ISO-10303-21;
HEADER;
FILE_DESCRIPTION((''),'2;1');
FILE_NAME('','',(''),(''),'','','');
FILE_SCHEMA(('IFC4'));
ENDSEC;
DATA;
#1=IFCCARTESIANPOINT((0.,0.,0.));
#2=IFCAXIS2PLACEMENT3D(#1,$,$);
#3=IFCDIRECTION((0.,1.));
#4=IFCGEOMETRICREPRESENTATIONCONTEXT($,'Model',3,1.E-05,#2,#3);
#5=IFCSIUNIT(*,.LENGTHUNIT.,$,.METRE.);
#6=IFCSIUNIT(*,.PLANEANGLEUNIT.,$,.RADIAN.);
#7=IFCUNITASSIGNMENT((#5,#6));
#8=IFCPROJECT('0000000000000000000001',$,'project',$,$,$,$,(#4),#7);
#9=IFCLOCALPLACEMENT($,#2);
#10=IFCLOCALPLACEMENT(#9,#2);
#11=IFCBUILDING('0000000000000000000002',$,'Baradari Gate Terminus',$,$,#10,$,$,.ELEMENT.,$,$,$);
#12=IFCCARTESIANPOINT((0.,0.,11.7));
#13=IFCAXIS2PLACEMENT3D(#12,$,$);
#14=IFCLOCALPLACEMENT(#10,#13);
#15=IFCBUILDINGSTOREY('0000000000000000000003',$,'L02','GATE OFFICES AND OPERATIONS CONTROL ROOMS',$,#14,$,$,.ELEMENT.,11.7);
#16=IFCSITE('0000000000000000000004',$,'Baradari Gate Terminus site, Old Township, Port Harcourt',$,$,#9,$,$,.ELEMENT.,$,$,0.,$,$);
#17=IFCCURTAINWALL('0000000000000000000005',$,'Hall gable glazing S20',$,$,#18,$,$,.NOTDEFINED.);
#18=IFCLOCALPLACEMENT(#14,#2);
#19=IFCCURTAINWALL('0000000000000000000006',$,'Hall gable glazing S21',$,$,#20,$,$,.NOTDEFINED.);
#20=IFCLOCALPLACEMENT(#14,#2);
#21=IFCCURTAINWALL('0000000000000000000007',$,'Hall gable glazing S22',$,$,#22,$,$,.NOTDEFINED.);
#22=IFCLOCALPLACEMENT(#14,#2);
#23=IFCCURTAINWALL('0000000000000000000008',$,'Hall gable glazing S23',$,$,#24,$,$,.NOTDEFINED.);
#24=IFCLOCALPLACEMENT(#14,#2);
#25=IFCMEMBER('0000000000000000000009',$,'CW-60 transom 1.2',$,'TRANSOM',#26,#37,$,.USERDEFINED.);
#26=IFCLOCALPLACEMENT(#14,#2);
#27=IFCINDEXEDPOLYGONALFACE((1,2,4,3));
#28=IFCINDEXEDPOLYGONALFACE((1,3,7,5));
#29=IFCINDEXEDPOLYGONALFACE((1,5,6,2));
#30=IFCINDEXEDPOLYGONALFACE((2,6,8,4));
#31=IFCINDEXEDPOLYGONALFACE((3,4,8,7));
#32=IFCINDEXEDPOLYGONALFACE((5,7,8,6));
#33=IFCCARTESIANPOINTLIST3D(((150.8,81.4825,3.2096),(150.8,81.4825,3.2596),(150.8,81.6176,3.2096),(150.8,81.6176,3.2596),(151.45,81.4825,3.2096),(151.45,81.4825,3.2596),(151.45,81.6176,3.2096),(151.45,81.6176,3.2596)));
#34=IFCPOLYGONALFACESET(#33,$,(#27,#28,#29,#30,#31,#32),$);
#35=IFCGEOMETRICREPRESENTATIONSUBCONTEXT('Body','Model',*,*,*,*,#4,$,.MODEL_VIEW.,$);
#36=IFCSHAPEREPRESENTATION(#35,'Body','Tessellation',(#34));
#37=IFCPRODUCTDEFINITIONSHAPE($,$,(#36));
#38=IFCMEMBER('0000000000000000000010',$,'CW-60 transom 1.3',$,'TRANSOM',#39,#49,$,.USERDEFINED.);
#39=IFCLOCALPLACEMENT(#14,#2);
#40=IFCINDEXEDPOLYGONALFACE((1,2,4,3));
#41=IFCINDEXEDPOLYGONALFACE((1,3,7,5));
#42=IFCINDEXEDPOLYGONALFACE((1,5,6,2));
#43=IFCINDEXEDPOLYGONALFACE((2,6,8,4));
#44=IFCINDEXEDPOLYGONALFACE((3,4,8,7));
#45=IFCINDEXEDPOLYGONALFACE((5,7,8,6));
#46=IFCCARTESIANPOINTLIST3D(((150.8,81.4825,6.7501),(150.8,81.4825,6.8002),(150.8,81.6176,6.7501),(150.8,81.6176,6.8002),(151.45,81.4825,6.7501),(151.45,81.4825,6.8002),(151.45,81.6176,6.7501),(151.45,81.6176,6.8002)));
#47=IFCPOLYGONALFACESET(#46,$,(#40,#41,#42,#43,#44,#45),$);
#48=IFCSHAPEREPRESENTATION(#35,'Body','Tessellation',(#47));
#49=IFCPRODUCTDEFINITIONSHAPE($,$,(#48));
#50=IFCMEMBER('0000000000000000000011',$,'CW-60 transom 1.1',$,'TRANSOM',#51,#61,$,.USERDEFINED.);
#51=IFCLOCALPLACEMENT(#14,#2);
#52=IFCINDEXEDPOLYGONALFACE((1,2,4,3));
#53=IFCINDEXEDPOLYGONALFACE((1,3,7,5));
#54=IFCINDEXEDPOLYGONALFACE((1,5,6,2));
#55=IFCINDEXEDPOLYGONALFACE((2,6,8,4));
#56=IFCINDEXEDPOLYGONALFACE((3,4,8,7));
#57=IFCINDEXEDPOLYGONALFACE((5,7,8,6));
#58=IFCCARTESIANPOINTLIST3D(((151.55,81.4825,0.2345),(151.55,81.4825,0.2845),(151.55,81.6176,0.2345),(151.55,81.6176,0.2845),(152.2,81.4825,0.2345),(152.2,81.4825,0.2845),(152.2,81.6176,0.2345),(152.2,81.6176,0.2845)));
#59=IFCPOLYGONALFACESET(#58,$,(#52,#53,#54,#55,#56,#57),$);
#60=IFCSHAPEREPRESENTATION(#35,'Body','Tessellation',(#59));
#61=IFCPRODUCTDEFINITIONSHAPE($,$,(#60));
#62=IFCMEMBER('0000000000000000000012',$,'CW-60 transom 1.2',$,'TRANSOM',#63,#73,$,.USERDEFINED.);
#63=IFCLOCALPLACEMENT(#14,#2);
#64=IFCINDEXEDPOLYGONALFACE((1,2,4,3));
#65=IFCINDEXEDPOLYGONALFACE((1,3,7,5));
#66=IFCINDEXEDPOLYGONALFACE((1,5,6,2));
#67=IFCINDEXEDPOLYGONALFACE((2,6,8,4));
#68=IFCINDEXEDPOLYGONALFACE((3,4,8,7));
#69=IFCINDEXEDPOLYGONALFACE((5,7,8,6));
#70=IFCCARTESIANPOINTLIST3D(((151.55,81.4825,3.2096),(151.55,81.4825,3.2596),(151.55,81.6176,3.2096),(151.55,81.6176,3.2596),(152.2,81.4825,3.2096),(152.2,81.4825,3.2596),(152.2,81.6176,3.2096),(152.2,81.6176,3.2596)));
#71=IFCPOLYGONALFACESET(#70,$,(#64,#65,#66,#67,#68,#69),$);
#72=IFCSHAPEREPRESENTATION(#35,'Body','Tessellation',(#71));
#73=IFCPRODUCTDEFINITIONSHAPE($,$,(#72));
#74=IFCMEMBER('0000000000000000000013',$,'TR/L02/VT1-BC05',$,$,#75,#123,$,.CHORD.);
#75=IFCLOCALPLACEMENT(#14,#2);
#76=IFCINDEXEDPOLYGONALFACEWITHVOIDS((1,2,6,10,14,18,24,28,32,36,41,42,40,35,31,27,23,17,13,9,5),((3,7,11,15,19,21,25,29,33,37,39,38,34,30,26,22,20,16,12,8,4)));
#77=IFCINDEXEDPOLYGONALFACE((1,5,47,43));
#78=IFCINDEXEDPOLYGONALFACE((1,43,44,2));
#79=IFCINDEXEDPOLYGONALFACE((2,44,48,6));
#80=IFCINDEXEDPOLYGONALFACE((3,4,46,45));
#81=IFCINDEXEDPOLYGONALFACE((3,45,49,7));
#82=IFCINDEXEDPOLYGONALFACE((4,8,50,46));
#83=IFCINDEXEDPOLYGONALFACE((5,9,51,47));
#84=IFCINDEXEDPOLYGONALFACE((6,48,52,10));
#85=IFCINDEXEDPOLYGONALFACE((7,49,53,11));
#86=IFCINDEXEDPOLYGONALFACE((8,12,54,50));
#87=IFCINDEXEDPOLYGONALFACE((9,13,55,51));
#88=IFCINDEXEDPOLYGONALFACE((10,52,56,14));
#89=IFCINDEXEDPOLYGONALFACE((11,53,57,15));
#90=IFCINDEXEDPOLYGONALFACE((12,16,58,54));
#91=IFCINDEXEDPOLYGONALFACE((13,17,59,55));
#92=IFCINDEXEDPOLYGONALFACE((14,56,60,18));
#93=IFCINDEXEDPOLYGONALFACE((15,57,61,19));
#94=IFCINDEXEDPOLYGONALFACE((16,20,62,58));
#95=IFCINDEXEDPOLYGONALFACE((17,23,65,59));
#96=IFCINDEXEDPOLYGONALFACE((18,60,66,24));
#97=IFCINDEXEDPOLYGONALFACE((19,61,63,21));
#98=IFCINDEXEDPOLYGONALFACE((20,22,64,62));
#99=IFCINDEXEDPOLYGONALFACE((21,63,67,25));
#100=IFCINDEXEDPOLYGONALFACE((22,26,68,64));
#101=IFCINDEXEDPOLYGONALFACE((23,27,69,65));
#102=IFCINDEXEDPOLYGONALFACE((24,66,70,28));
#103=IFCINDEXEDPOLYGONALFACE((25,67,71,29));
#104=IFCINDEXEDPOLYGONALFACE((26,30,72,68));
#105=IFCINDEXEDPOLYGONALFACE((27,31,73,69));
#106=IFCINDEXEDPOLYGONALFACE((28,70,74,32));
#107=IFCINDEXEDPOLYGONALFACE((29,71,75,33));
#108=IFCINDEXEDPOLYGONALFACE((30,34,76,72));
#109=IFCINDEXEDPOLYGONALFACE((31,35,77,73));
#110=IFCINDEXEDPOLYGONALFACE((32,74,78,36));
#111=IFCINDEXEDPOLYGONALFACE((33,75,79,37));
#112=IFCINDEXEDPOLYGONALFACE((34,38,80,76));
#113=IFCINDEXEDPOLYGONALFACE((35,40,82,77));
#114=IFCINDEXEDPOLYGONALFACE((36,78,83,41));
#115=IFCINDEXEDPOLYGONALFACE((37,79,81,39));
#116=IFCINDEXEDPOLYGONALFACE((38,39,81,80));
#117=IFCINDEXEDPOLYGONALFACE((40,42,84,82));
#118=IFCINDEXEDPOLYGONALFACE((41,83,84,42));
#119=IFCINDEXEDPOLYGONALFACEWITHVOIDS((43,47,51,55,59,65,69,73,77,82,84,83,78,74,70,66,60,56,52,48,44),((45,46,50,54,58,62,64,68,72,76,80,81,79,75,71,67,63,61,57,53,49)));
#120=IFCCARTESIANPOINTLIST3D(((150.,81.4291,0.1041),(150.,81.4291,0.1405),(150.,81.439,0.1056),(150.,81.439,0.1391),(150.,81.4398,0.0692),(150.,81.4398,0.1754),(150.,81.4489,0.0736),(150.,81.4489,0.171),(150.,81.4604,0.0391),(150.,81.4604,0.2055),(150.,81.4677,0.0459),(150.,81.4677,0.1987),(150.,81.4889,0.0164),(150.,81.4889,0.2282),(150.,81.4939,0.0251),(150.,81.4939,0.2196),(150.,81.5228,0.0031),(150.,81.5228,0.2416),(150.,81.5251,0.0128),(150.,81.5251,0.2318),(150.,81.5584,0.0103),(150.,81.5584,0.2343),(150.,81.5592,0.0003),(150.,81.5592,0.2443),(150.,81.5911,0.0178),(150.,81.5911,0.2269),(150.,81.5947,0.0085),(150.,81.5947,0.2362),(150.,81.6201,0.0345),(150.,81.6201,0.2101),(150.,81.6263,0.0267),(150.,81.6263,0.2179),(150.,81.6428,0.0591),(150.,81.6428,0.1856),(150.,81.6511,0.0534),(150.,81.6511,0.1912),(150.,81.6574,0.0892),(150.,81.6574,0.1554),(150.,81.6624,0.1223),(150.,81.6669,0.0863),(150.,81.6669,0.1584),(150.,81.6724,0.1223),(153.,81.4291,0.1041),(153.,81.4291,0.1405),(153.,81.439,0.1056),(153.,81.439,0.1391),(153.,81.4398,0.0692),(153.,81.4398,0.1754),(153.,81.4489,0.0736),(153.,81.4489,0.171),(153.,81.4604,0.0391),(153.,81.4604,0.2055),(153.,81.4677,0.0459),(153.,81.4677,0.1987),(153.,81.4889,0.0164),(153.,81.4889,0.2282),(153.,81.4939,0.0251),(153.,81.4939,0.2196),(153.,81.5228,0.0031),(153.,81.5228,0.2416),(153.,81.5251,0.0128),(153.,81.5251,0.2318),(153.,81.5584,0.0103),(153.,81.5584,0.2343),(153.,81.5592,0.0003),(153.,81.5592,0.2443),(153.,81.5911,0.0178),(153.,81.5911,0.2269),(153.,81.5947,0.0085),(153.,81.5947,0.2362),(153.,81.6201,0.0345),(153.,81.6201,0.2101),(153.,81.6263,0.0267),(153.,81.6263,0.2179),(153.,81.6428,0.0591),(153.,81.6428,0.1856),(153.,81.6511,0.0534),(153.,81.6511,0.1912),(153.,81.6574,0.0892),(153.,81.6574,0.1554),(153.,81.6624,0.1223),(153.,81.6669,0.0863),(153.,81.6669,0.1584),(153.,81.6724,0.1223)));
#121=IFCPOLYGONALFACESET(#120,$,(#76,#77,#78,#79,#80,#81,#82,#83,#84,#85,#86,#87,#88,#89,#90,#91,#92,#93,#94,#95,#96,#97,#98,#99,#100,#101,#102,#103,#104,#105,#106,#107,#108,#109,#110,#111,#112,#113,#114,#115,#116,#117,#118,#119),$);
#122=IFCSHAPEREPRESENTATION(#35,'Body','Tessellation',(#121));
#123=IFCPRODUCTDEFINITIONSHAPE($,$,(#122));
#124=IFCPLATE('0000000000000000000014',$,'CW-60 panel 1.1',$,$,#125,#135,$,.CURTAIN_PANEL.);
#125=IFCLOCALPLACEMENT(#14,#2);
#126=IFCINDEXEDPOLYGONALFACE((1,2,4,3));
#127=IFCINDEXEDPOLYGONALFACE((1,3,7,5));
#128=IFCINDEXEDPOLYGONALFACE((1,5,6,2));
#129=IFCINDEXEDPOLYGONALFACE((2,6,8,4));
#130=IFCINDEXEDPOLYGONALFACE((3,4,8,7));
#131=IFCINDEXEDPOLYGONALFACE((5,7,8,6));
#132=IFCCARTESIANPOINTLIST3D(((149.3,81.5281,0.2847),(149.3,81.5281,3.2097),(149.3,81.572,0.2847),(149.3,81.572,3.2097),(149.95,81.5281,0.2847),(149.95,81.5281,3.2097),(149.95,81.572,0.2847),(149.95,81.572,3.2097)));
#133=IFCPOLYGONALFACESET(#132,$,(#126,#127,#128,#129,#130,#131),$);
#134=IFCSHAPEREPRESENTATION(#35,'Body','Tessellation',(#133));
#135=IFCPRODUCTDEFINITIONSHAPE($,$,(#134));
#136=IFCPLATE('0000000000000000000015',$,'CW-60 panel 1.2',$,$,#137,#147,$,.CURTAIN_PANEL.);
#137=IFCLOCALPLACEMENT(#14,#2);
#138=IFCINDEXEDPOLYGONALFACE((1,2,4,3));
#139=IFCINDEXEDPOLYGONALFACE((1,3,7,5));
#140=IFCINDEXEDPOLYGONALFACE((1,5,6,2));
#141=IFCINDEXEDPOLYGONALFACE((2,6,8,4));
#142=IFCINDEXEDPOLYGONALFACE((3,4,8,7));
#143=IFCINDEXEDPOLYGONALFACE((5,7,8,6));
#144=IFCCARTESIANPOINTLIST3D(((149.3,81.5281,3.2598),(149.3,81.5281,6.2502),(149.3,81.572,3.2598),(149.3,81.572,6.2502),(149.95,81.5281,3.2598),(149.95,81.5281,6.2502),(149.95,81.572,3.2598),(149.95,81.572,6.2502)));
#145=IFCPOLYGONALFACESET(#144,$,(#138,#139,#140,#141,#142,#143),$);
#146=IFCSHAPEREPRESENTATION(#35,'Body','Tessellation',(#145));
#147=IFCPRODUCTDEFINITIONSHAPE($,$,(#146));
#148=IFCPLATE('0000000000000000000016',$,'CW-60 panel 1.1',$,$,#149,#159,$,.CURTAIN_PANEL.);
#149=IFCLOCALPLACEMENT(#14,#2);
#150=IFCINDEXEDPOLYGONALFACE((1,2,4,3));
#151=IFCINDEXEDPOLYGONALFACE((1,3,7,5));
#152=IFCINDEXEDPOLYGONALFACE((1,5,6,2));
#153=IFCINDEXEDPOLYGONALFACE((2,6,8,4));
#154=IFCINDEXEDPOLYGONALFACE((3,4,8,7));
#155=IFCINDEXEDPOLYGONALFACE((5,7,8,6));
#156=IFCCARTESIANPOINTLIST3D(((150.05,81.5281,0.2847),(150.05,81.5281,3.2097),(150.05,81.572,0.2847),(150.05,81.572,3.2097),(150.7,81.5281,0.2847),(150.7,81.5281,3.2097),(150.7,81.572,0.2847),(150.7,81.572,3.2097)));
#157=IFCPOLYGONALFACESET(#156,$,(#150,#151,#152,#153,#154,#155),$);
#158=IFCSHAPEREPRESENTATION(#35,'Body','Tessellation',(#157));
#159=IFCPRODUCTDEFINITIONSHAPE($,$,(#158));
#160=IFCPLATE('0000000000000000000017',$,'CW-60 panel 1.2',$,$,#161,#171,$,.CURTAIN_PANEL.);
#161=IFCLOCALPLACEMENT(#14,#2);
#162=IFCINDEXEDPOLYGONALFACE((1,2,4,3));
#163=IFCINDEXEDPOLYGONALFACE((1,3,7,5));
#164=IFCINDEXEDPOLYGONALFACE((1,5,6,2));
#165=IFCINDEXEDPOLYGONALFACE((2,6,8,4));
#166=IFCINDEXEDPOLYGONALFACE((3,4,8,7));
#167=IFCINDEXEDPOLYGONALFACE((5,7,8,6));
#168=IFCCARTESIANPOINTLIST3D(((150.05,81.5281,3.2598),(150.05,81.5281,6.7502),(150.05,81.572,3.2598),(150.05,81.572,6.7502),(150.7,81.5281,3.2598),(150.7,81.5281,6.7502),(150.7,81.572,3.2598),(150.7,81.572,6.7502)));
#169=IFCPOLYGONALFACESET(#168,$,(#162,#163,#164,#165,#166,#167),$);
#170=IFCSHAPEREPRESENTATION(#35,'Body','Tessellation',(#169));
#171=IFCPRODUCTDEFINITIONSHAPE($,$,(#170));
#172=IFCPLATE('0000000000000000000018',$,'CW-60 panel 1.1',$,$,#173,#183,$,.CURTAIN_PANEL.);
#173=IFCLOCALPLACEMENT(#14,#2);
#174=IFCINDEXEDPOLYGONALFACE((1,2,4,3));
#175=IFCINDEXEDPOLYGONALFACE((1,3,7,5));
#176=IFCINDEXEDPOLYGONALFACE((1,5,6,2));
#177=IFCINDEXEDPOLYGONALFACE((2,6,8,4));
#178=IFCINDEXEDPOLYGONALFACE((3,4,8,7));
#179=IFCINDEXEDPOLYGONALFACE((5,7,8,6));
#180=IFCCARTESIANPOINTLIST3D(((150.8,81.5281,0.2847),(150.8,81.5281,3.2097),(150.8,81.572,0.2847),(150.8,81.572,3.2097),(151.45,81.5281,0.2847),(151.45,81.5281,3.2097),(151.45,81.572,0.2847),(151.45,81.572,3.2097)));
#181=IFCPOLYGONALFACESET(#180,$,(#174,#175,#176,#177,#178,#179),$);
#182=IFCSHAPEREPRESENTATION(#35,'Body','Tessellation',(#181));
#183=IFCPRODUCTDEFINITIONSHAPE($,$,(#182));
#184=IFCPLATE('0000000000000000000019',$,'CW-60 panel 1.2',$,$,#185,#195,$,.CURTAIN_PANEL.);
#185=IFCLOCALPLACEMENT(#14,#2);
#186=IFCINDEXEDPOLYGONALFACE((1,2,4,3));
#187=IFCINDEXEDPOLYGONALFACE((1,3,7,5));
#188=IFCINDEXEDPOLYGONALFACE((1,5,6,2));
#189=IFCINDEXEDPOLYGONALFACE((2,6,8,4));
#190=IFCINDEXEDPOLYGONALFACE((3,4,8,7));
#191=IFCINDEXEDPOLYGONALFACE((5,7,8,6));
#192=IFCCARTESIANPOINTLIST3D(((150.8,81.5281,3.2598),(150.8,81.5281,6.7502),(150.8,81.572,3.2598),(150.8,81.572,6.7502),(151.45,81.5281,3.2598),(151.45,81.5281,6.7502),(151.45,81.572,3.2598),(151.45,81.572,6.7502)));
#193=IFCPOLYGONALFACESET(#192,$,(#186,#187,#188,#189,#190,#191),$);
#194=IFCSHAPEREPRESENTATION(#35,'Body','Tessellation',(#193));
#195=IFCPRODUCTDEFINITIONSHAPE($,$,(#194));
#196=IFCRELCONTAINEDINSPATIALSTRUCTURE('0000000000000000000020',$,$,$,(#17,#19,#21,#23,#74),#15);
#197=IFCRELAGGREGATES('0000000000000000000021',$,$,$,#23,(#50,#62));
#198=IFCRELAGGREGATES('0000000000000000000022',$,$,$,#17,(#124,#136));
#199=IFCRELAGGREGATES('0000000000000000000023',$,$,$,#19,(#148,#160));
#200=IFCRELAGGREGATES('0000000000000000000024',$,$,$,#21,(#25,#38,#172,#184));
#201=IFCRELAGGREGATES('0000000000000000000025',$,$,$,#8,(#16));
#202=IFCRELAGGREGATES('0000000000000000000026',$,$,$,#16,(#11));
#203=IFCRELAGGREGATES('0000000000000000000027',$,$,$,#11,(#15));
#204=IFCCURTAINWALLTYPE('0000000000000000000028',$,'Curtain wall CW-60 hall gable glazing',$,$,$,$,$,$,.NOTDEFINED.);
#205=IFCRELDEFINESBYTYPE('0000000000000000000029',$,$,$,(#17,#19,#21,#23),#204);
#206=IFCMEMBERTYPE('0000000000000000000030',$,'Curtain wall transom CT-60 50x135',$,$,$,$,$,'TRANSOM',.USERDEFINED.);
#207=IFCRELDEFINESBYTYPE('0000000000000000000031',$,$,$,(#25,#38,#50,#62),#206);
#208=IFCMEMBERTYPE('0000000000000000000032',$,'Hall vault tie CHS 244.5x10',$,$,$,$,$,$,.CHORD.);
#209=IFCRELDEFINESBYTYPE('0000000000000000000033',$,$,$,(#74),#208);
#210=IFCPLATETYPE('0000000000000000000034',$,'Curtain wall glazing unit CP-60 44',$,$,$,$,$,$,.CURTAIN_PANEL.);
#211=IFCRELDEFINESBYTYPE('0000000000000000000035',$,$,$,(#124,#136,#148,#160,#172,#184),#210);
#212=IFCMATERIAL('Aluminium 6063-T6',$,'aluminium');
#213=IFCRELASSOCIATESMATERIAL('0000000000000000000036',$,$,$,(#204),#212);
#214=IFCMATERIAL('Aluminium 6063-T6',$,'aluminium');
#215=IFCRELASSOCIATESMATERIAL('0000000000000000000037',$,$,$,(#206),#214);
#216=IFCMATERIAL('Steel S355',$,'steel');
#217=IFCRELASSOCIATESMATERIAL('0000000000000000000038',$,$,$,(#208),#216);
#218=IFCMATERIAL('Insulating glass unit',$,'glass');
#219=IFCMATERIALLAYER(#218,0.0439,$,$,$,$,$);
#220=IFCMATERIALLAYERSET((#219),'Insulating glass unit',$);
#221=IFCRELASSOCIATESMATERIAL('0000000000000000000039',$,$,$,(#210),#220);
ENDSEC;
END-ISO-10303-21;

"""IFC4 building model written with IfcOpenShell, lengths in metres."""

from ifc_helpers import new_model, si_unit, direction, frame, origin, origin_2d, place, context, subcontext, project, spatial, rectangle, hollow_circle, extrude, material, layer, layer_set, material_profile, profile_set, type_object, element, aggregate, save


model = new_model("IFC4")

# Units and contexts
model_context = context("Model", 3, precision=1e-05, world=origin(), true_north=direction((0.0, 1.0)))
body_context = subcontext(model_context, "Body", "Model", "MODEL_VIEW")
ifc_project = project(units=[si_unit("LENGTHUNIT", "METRE"), si_unit("PLANEANGLEUNIT", "RADIAN")], contexts=[model_context])

# Site, building, storey
site_placement = place(None, origin())
site = spatial("IfcSite", under=ifc_project, at=site_placement, Name="Baradari Gate Terminus site, Old Township, Port Harcourt", CompositionType="ELEMENT", RefElevation=0.0)
building_placement = place(site_placement, origin())
building = spatial("IfcBuilding", under=site, at=building_placement, Name="Baradari Gate Terminus", CompositionType="ELEMENT")
storey_placement = place(building_placement, frame((0.0, 0.0, 11.7)))
storey = spatial("IfcBuildingStorey", under=building, at=storey_placement, Name="L02", Description="GATE OFFICES AND OPERATIONS CONTROL ROOMS", CompositionType="ELEMENT", Elevation=11.7)

# Shared definitions
ifc_material_1 = material(Name="Aluminium 6063-T6", Category="aluminium")
curtain_wall_type = type_object("IfcCurtainWallType", Name="Curtain wall CW-60 hall gable glazing", PredefinedType="NOTDEFINED", material=ifc_material_1)

# Curtain walls
curtain_wall_1_placement = place(storey_placement, origin())
curtain_wall_1 = element("IfcCurtainWall", 1, at=curtain_wall_1_placement, inside=storey, type_object=curtain_wall_type, Name="Hall gable glazing S20", PredefinedType="NOTDEFINED")
curtain_wall_2_placement = place(storey_placement, origin())
curtain_wall_2 = element("IfcCurtainWall", 2, at=curtain_wall_2_placement, inside=storey, type_object=curtain_wall_type, Name="Hall gable glazing S21", PredefinedType="NOTDEFINED")
curtain_wall_3_placement = place(storey_placement, origin())
curtain_wall_3 = element("IfcCurtainWall", 3, at=curtain_wall_3_placement, inside=storey, type_object=curtain_wall_type, Name="Hall gable glazing S22", PredefinedType="NOTDEFINED")

# Curtain wall
curtain_wall_4_placement = place(storey_placement, origin())
curtain_wall_4 = element("IfcCurtainWall", 4, at=curtain_wall_4_placement, inside=storey, type_object=curtain_wall_type, Name="Hall gable glazing S23", PredefinedType="NOTDEFINED")

# Members
ifc_material_2 = material(Name="Aluminium 6063-T6", Category="aluminium")
ifc_material_profile_1 = material_profile(ifc_material_2, rectangle(XDim=0.135, YDim=0.05, at=origin_2d()), Name="CT-60 50X135")
ifc_profile_set_1 = profile_set([ifc_material_profile_1], Name="Aluminium 6063-T6")
member_type_1 = type_object("IfcMemberType", Name="Curtain wall transom CT-60 50x135", ElementType="TRANSOM", PredefinedType="USERDEFINED", material=ifc_profile_set_1)
member_1_placement = place(storey_placement, frame((150.8, 81.55, 3.2346), z_axis=(1.0, 0.0, 0.0), x_axis=(0.0, 1.0, 0.0)))
member_1 = element("IfcMember", 5, at=member_1_placement, type_object=member_type_1, Name="CW-60 transom 1.2", ObjectType="TRANSOM", PredefinedType="USERDEFINED", context=body_context, shape_type="SweptSolid", body=[
    extrude(rectangle(XDim=0.135, YDim=0.05, at=origin_2d()), origin(), (0.0, 0.0, 1.0), 0.6499),
])
member_2_placement = place(storey_placement, frame((150.8, 81.55, 6.7751), z_axis=(1.0, 0.0, 0.0), x_axis=(0.0, 1.0, 0.0)))
member_2 = element("IfcMember", 6, at=member_2_placement, type_object=member_type_1, Name="CW-60 transom 1.3", ObjectType="TRANSOM", PredefinedType="USERDEFINED", context=body_context, shape_type="SweptSolid", body=[
    extrude(rectangle(XDim=0.135, YDim=0.05, at=origin_2d()), origin(), (0.0, 0.0, 1.0), 0.6499),
])
member_3_placement = place(storey_placement, frame((151.55, 81.55, 0.2595), z_axis=(1.0, 0.0, 0.0), x_axis=(0.0, 1.0, 0.0)))
member_3 = element("IfcMember", 7, at=member_3_placement, type_object=member_type_1, Name="CW-60 transom 1.1", ObjectType="TRANSOM", PredefinedType="USERDEFINED", context=body_context, shape_type="SweptSolid", body=[
    extrude(rectangle(XDim=0.135, YDim=0.05, at=origin_2d()), origin(), (0.0, 0.0, 1.0), 0.6499),
])
member_4_placement = place(storey_placement, frame((151.55, 81.55, 3.2346), z_axis=(1.0, 0.0, 0.0), x_axis=(0.0, 1.0, 0.0)))
member_4 = element("IfcMember", 8, at=member_4_placement, type_object=member_type_1, Name="CW-60 transom 1.2", ObjectType="TRANSOM", PredefinedType="USERDEFINED", context=body_context, shape_type="SweptSolid", body=[
    extrude(rectangle(XDim=0.135, YDim=0.05, at=origin_2d()), origin(), (0.0, 0.0, 1.0), 0.6499),
])
aggregate(curtain_wall_4, [member_3, member_4])
ifc_material_3 = material(Name="Steel S355", Category="steel")
ifc_material_profile_2 = material_profile(ifc_material_3, hollow_circle(Radius=0.1223, WallThickness=0.01, at=origin_2d()), Name="CHS 244.5x10")
ifc_profile_set_2 = profile_set([ifc_material_profile_2], Name="Steel S355")
member_type_2 = type_object("IfcMemberType", Name="Hall vault tie CHS 244.5x10", PredefinedType="CHORD", material=ifc_profile_set_2)
member_5_placement = place(storey_placement, frame((150.0, 81.55, 0.1223), z_axis=(1.0, 0.0, 0.0), x_axis=(0.0, 1.0, 0.0)))
element("IfcMember", 9, at=member_5_placement, inside=storey, type_object=member_type_2, Name="TR/L02/VT1-BC05", PredefinedType="CHORD", context=body_context, shape_type="SweptSolid", body=[
    extrude(hollow_circle(Radius=0.1223, WallThickness=0.01, at=origin_2d()), origin(), (0.0, 0.0, 1.0), 3.0),
])

# Plates
ifc_material_4 = material(Name="Insulating glass unit", Category="glass")
ifc_layer = layer(ifc_material_4, 0.0439)
ifc_layer_set = layer_set([ifc_layer], Name="Insulating glass unit")
plate_type = type_object("IfcPlateType", Name="Curtain wall glazing unit CP-60 44", PredefinedType="CURTAIN_PANEL", material=ifc_layer_set)
plate_1_placement = place(storey_placement, frame((149.625, 81.55, 0.2847), z_axis=(0.0, 0.0, 1.0), x_axis=(1.0, 0.0, 0.0)))
plate_1 = element("IfcPlate", 10, at=plate_1_placement, type_object=plate_type, Name="CW-60 panel 1.1", PredefinedType="CURTAIN_PANEL", context=body_context, shape_type="SweptSolid", body=[
    extrude(rectangle(XDim=0.6499, YDim=0.0439, at=origin_2d()), origin(), (0.0, 0.0, 1.0), 2.925),
])
plate_2_placement = place(storey_placement, frame((149.625, 81.55, 3.2598), z_axis=(0.0, 0.0, 1.0), x_axis=(1.0, 0.0, 0.0)))
plate_2 = element("IfcPlate", 11, at=plate_2_placement, type_object=plate_type, Name="CW-60 panel 1.2", PredefinedType="CURTAIN_PANEL", context=body_context, shape_type="SweptSolid", body=[
    extrude(rectangle(XDim=0.6499, YDim=0.0439, at=origin_2d()), origin(), (0.0, 0.0, 1.0), 2.9905),
])
aggregate(curtain_wall_1, [plate_1, plate_2])
plate_3_placement = place(storey_placement, frame((150.375, 81.55, 0.2847), z_axis=(0.0, 0.0, 1.0), x_axis=(1.0, 0.0, 0.0)))
plate_3 = element("IfcPlate", 12, at=plate_3_placement, type_object=plate_type, Name="CW-60 panel 1.1", PredefinedType="CURTAIN_PANEL", context=body_context, shape_type="SweptSolid", body=[
    extrude(rectangle(XDim=0.6499, YDim=0.0439, at=origin_2d()), origin(), (0.0, 0.0, 1.0), 2.925),
])
plate_4_placement = place(storey_placement, frame((150.375, 81.55, 3.2598), z_axis=(0.0, 0.0, 1.0), x_axis=(1.0, 0.0, 0.0)))
plate_4 = element("IfcPlate", 13, at=plate_4_placement, type_object=plate_type, Name="CW-60 panel 1.2", PredefinedType="CURTAIN_PANEL", context=body_context, shape_type="SweptSolid", body=[
    extrude(rectangle(XDim=0.6499, YDim=0.0439, at=origin_2d()), origin(), (0.0, 0.0, 1.0), 3.4905),
])
aggregate(curtain_wall_2, [plate_3, plate_4])
plate_5_placement = place(storey_placement, frame((151.125, 81.55, 0.2847), z_axis=(0.0, 0.0, 1.0), x_axis=(1.0, 0.0, 0.0)))
plate_5 = element("IfcPlate", 14, at=plate_5_placement, type_object=plate_type, Name="CW-60 panel 1.1", PredefinedType="CURTAIN_PANEL", context=body_context, shape_type="SweptSolid", body=[
    extrude(rectangle(XDim=0.6499, YDim=0.0439, at=origin_2d()), origin(), (0.0, 0.0, 1.0), 2.925),
])
plate_6_placement = place(storey_placement, frame((151.125, 81.55, 3.2598), z_axis=(0.0, 0.0, 1.0), x_axis=(1.0, 0.0, 0.0)))
plate_6 = element("IfcPlate", 15, at=plate_6_placement, type_object=plate_type, Name="CW-60 panel 1.2", PredefinedType="CURTAIN_PANEL", context=body_context, shape_type="SweptSolid", body=[
    extrude(rectangle(XDim=0.6499, YDim=0.0439, at=origin_2d()), origin(), (0.0, 0.0, 1.0), 3.4905),
])
aggregate(curtain_wall_3, [member_1, member_2, plate_5, plate_6])

save(model, "model.ifc")
